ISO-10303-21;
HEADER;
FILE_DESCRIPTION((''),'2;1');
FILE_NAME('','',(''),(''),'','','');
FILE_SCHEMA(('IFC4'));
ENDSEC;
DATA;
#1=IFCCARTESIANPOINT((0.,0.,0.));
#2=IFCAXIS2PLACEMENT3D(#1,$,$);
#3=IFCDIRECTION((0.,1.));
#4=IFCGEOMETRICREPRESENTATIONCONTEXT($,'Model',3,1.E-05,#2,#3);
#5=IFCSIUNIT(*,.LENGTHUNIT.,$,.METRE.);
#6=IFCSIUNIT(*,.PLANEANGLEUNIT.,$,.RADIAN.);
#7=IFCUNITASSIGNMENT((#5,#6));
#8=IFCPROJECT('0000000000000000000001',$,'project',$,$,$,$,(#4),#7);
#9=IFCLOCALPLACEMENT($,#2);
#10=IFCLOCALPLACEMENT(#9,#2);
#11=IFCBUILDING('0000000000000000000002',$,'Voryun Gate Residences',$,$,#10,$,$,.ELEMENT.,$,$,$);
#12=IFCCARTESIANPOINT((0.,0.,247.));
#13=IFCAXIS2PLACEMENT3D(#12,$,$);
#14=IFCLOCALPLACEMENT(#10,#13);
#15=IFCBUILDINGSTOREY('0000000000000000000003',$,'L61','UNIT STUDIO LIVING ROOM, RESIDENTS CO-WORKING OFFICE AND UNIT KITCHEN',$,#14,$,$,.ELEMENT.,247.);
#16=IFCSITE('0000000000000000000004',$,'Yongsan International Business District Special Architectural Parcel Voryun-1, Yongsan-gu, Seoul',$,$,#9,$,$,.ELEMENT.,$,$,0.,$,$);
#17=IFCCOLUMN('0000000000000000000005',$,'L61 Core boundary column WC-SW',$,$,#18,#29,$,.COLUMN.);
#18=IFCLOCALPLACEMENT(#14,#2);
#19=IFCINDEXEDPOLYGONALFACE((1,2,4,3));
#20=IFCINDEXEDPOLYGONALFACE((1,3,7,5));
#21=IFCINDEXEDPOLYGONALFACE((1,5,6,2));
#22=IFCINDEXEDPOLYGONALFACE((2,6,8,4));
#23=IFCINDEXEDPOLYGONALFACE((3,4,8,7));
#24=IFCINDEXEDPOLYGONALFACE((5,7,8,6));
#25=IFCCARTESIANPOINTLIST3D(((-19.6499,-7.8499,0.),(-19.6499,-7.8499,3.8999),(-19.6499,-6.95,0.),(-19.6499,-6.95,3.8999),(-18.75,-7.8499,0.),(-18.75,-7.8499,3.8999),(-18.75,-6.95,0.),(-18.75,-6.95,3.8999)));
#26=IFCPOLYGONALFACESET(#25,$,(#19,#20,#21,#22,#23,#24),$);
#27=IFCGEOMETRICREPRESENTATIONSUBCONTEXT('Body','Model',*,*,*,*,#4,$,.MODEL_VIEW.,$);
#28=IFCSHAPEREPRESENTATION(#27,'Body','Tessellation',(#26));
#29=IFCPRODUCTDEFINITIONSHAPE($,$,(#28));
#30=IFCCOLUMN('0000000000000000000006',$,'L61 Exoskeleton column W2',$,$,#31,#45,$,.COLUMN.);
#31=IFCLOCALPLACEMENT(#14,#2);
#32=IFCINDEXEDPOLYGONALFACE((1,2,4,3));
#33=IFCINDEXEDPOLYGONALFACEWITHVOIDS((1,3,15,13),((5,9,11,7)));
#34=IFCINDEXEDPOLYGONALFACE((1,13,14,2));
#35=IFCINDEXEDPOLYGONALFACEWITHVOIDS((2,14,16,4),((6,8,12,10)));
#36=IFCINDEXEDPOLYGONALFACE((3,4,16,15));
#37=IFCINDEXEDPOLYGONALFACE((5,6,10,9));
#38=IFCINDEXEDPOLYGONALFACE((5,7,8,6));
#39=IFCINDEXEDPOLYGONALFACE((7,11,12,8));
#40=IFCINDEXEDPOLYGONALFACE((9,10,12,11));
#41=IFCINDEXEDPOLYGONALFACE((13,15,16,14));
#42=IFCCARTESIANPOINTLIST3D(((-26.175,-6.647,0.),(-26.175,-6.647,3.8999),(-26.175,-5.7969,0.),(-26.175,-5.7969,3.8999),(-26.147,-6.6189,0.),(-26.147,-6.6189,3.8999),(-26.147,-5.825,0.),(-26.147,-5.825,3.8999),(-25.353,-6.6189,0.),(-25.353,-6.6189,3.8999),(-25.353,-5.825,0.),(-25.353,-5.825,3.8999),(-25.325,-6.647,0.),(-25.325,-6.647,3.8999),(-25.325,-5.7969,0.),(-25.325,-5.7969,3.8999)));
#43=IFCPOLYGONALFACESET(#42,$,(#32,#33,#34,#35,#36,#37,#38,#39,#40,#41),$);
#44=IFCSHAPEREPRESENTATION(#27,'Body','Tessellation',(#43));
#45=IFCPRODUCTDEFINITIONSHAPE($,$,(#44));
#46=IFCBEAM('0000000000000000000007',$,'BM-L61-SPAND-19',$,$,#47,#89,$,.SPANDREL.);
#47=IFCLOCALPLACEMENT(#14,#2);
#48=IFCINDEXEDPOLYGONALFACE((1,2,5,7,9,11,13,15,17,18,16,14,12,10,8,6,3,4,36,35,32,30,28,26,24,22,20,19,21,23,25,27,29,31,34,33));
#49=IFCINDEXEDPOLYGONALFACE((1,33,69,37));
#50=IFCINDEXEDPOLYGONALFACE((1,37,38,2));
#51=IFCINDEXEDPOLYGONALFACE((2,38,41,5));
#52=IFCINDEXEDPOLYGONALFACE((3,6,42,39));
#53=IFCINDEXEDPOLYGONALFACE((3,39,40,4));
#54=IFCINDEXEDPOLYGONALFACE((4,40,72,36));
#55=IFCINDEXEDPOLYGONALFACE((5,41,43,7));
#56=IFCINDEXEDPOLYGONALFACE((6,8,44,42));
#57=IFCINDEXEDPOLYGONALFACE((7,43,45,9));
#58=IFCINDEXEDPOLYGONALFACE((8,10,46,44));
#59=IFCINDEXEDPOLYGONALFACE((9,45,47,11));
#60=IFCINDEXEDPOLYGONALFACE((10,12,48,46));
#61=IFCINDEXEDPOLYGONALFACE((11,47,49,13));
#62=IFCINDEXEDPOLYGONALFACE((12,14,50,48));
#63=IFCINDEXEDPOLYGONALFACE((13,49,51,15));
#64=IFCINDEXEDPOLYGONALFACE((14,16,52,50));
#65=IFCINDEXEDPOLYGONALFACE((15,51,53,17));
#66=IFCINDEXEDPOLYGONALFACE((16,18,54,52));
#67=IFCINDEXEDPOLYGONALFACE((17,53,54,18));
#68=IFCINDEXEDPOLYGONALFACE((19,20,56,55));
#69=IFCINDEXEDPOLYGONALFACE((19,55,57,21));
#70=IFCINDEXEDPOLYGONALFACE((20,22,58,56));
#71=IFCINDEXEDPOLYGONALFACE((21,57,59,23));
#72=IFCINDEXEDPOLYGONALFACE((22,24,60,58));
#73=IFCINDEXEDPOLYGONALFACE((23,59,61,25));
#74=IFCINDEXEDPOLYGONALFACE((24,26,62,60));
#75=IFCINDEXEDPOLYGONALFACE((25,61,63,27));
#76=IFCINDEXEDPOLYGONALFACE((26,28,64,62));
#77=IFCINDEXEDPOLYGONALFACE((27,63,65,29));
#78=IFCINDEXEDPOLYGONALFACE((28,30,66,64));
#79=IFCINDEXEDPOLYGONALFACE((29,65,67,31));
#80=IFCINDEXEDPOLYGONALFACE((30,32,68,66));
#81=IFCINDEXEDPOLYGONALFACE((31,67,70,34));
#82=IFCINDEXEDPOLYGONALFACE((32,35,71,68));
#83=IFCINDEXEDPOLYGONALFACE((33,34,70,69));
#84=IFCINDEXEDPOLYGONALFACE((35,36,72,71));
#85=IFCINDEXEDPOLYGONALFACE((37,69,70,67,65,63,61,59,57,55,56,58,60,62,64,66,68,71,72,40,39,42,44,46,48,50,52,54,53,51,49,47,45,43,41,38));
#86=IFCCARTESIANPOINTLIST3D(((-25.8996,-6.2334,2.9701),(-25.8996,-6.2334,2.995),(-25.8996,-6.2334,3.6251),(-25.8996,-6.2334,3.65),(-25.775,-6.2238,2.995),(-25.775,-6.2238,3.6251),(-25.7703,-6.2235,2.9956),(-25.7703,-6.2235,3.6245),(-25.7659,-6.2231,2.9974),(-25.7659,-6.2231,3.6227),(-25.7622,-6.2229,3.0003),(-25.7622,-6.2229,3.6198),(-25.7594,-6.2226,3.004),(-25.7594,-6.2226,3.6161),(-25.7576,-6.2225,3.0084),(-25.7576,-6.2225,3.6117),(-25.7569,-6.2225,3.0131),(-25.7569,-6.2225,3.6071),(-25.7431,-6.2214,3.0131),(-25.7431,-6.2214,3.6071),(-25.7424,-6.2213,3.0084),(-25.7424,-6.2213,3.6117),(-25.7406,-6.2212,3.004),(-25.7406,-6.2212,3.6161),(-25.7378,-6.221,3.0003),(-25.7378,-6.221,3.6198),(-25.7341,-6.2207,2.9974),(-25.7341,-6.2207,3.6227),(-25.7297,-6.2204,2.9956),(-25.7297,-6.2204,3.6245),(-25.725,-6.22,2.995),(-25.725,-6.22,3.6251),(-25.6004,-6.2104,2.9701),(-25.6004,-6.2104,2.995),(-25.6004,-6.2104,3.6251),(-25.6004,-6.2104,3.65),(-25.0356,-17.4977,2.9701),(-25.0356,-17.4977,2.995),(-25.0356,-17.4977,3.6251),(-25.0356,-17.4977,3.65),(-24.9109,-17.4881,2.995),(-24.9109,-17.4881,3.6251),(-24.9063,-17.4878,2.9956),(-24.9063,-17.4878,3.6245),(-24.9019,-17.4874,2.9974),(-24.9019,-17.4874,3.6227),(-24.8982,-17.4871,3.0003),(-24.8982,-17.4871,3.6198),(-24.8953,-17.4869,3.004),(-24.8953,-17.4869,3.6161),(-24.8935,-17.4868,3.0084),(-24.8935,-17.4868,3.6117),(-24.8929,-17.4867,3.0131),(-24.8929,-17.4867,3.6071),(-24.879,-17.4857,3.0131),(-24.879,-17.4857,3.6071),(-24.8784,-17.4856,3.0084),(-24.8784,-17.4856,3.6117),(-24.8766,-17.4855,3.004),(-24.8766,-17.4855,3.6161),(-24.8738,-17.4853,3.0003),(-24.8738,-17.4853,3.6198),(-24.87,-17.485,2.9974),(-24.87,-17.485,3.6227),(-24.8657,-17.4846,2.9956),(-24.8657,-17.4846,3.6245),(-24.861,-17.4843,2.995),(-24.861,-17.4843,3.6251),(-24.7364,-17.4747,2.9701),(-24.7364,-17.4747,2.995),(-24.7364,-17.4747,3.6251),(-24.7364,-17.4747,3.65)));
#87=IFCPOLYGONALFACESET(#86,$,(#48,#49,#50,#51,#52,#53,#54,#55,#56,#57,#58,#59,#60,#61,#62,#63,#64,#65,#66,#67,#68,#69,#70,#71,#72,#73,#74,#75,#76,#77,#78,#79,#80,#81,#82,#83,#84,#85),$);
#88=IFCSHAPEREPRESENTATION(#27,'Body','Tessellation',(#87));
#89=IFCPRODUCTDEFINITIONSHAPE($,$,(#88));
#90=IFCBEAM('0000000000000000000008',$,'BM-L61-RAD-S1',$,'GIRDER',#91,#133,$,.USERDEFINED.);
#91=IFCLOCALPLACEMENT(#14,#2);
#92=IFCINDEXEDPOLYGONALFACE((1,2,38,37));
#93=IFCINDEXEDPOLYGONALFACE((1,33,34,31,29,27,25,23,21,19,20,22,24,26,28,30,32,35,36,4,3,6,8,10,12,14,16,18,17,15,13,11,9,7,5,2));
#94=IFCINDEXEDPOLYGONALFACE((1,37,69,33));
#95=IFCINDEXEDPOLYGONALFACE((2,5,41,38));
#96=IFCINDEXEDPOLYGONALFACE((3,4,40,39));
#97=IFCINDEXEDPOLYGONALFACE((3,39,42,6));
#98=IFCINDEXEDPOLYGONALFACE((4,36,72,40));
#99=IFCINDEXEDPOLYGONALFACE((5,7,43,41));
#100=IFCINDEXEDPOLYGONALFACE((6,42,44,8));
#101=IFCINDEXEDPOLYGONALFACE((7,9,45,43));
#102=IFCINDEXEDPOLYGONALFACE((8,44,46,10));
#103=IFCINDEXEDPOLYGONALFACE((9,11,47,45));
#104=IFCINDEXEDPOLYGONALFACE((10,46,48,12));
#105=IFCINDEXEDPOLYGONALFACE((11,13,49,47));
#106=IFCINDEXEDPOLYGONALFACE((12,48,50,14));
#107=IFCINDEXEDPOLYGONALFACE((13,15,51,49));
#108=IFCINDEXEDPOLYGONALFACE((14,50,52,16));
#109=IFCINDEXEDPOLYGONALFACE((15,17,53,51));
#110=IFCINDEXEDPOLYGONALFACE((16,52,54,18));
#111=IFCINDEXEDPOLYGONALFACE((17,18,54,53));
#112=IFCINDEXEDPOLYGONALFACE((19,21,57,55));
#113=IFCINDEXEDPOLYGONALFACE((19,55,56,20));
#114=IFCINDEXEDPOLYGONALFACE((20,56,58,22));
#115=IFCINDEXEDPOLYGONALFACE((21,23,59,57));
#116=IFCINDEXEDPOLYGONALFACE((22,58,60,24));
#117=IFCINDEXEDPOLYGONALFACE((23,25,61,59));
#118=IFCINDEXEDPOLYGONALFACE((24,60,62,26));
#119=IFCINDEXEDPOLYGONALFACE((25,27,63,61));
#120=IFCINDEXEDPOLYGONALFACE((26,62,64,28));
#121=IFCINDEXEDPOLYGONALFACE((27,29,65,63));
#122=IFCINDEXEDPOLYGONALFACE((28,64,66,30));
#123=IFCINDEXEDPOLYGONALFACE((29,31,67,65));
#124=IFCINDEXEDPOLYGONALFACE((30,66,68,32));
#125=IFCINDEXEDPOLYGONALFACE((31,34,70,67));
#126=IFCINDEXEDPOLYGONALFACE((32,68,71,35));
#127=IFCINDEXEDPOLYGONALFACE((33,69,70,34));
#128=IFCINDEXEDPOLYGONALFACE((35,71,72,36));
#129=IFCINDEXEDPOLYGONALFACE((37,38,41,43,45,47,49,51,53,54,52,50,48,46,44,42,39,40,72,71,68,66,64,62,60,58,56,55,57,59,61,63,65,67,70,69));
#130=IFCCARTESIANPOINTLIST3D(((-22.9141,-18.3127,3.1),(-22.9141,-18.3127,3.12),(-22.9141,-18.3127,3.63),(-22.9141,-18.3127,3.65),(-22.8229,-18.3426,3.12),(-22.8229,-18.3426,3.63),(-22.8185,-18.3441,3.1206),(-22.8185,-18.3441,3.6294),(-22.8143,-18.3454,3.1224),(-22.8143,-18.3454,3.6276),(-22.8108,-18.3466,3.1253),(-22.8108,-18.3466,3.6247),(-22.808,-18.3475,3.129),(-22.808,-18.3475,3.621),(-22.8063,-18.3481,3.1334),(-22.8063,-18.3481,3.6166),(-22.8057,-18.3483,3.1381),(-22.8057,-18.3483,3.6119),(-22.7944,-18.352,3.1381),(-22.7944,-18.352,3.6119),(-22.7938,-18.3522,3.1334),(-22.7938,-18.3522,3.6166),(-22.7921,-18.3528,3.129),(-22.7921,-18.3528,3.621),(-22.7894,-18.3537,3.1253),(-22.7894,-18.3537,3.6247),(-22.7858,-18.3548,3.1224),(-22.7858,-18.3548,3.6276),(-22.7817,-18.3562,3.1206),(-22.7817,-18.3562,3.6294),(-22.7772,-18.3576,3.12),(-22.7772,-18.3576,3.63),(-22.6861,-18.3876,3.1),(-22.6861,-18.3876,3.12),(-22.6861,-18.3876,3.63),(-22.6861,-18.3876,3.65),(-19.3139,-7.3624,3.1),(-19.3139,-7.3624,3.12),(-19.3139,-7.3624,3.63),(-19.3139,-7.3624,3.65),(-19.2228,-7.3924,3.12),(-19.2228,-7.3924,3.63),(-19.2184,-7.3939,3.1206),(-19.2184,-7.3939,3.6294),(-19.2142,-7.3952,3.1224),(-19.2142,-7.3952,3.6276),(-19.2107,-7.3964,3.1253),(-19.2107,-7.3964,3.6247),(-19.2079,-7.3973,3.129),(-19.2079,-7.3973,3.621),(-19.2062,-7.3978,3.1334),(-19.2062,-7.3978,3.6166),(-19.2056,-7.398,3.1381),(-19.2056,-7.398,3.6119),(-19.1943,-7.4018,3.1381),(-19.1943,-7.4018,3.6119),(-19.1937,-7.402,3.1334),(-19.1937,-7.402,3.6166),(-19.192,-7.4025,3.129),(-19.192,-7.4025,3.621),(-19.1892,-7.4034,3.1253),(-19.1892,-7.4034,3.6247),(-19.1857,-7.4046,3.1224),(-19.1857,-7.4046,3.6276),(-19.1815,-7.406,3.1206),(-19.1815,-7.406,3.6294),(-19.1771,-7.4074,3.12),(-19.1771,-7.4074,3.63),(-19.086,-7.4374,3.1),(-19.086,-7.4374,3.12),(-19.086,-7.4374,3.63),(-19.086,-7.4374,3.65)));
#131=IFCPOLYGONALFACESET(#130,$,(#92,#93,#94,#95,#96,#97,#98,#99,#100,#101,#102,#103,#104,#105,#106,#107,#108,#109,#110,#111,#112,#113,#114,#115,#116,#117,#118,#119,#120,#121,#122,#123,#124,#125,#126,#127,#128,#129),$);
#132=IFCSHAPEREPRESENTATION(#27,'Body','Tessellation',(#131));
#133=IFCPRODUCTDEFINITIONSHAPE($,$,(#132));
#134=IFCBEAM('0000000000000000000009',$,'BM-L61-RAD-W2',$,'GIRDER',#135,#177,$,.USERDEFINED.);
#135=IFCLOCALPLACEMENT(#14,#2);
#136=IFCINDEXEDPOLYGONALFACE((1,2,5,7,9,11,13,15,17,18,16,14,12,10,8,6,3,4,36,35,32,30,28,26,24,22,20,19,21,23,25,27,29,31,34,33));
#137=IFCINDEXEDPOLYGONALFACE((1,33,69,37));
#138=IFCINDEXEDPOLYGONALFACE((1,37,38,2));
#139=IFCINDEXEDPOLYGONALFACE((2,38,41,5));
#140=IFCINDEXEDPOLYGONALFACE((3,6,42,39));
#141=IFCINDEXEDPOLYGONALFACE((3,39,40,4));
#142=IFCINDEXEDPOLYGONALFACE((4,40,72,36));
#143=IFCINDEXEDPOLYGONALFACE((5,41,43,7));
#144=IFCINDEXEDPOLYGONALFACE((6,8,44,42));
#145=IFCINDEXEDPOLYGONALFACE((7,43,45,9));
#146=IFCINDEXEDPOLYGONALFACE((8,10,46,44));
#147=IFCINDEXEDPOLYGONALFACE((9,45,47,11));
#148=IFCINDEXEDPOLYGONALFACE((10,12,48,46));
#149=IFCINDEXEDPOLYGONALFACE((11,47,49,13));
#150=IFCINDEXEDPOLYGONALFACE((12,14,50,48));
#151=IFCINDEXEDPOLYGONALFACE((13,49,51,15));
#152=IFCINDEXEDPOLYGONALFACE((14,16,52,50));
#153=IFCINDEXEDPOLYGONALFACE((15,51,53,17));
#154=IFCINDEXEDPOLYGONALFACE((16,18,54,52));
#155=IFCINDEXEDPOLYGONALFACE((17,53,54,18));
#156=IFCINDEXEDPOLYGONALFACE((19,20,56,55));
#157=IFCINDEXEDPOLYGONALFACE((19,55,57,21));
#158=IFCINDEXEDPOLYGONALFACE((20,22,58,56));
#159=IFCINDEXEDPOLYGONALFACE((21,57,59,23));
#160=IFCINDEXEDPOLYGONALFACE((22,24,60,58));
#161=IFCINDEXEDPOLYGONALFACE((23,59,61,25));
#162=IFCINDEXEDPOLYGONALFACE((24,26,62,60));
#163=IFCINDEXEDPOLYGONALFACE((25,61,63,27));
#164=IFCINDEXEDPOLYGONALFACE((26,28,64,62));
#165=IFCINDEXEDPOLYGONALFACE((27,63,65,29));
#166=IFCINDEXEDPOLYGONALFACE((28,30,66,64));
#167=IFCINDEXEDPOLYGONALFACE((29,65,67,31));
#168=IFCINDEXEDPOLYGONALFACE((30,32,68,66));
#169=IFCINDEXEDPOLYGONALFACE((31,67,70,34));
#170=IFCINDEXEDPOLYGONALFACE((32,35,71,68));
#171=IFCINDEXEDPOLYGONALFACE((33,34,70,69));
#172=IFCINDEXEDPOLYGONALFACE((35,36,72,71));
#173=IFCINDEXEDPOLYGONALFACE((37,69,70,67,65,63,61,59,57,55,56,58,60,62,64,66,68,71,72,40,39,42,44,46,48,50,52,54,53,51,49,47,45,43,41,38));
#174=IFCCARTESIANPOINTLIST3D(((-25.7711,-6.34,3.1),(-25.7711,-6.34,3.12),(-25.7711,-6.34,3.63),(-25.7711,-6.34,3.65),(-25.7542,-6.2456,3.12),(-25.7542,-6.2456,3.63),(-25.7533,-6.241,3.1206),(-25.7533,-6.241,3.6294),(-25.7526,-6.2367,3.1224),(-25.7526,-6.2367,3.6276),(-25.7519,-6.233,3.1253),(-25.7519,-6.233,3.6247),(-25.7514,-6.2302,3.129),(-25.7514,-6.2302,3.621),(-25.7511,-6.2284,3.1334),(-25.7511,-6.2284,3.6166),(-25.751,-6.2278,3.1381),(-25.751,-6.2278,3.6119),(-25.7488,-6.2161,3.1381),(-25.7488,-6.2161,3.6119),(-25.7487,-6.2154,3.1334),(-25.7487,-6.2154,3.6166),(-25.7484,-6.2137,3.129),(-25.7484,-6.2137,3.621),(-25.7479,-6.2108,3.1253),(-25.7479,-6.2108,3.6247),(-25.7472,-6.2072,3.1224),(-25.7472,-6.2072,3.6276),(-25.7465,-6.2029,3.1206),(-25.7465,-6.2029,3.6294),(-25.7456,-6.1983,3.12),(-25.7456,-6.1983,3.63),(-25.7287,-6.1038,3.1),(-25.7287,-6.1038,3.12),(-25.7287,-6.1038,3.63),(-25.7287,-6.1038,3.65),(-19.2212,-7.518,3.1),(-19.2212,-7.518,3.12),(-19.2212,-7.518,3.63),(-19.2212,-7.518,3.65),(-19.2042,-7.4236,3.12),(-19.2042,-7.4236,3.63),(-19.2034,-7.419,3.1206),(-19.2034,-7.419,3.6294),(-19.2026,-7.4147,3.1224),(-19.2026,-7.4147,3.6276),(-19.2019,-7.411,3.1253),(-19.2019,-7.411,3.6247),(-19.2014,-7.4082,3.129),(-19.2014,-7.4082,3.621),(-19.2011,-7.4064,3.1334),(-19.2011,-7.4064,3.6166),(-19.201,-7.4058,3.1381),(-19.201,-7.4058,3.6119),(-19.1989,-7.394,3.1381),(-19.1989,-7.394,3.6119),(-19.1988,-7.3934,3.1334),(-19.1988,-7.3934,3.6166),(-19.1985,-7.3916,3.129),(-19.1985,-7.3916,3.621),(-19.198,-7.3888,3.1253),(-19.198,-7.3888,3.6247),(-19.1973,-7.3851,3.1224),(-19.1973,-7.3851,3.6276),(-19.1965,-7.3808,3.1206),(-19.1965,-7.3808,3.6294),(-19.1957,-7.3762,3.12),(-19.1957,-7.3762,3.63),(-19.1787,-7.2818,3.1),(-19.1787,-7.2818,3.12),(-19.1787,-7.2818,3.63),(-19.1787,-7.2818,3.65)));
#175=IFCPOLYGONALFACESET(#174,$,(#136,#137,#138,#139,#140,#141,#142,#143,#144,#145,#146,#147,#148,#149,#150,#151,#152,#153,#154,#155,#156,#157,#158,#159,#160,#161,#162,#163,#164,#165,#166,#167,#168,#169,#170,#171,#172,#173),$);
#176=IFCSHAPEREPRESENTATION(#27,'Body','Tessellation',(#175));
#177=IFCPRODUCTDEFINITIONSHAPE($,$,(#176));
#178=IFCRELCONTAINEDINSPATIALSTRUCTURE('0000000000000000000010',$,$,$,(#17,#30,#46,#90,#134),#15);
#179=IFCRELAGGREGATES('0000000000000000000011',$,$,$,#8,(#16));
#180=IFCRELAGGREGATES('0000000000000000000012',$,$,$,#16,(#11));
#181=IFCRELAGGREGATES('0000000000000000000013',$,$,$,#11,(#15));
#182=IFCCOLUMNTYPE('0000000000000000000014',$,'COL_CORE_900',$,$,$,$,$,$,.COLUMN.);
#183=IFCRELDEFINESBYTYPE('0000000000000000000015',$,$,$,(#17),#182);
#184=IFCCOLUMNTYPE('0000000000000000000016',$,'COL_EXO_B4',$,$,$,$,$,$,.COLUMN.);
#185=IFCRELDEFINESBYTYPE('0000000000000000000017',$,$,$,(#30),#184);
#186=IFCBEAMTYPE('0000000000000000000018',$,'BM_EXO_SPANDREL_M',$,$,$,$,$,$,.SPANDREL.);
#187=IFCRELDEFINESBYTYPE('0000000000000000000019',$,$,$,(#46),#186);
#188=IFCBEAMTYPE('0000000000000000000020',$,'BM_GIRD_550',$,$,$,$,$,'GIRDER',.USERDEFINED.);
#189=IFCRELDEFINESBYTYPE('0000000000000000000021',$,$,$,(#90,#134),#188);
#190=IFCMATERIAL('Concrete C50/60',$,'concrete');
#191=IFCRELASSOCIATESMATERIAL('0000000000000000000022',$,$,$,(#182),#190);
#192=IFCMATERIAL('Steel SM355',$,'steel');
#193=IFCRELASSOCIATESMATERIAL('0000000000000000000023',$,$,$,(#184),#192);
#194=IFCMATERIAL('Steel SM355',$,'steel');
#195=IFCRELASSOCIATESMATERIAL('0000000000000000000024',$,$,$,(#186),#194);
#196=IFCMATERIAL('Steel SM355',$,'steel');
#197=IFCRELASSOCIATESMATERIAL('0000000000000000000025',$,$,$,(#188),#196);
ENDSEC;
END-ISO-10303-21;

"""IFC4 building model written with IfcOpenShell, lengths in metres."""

from ifc_helpers import new_model, si_unit, direction, frame, origin, origin_2d, place, context, subcontext, project, spatial, rectangle, hollow_rectangle, i_section, extrude, material, material_profile, profile_set, type_object, element, save


model = new_model("IFC4")

# Units and contexts
model_context = context("Model", 3, precision=1e-05, world=origin(), true_north=direction((0.0, 1.0)))
body_context = subcontext(model_context, "Body", "Model", "MODEL_VIEW")
ifc_project = project(units=[si_unit("LENGTHUNIT", "METRE"), si_unit("PLANEANGLEUNIT", "RADIAN")], contexts=[model_context])

# Site, building, storey
site_placement = place(None, origin())
site = spatial("IfcSite", under=ifc_project, at=site_placement, Name="Yongsan International Business District Special Architectural Parcel Voryun-1, Yongsan-gu, Seoul", CompositionType="ELEMENT", RefElevation=0.0)
building_placement = place(site_placement, origin())
building = spatial("IfcBuilding", under=site, at=building_placement, Name="Voryun Gate Residences", CompositionType="ELEMENT")
storey_placement = place(building_placement, frame((0.0, 0.0, 247.0)))
storey = spatial("IfcBuildingStorey", under=building, at=storey_placement, Name="L61", Description="UNIT STUDIO LIVING ROOM, RESIDENTS CO-WORKING OFFICE AND UNIT KITCHEN", CompositionType="ELEMENT", Elevation=247.0)

# Columns
ifc_material_1 = material(Name="Concrete C50/60", Category="concrete")
ifc_material_profile_1 = material_profile(ifc_material_1, rectangle(XDim=0.8999, YDim=0.8999, at=origin_2d()), Name="RC-900x900")
ifc_profile_set_1 = profile_set([ifc_material_profile_1], Name="Concrete C50/60")
column_type_1 = type_object("IfcColumnType", Name="COL_CORE_900", PredefinedType="COLUMN", material=ifc_profile_set_1)
column_1_placement = place(storey_placement, frame((-19.2, -7.3999, 0.0), z_axis=(0.0, 0.0, 1.0), x_axis=(1.0, 0.0, 0.0)))
element("IfcColumn", 1, at=column_1_placement, inside=storey, type_object=column_type_1, Name="L61 Core boundary column WC-SW", PredefinedType="COLUMN", context=body_context, shape_type="SweptSolid", body=[
    extrude(rectangle(XDim=0.8999, YDim=0.8999, at=origin_2d()), origin(), (0.0, 0.0, 1.0), 3.8999),
])
ifc_material_2 = material(Name="Steel SM355", Category="steel")
ifc_material_profile_2 = material_profile(ifc_material_2, hollow_rectangle(XDim=0.8501, YDim=0.8501, WallThickness=0.0281, at=origin_2d()), Name="BOX-850x850x28")
ifc_profile_set_2 = profile_set([ifc_material_profile_2], Name="Steel SM355")
column_type_2 = type_object("IfcColumnType", Name="COL_EXO_B4", PredefinedType="COLUMN", material=ifc_profile_set_2)
column_2_placement = place(storey_placement, frame((-25.75, -6.2219, 0.0), z_axis=(0.0, 0.0, 1.0), x_axis=(1.0, 0.0, 0.0)))
element("IfcColumn", 2, at=column_2_placement, inside=storey, type_object=column_type_2, Name="L61 Exoskeleton column W2", PredefinedType="COLUMN", context=body_context, shape_type="SweptSolid", body=[
    extrude(hollow_rectangle(XDim=0.8501, YDim=0.8501, WallThickness=0.0281, at=origin_2d()), origin(), (0.0, 0.0, 1.0), 3.8999),
])

# Beams
ifc_material_3 = material(Name="Steel SM355", Category="steel")
ifc_material_profile_3 = material_profile(ifc_material_3, i_section(OverallWidth=0.3, OverallDepth=0.6799, WebThickness=0.0139, FlangeThickness=0.0249, FilletRadius=0.0181, at=origin_2d()), Name="H-680x300x14x25")
ifc_profile_set_3 = profile_set([ifc_material_profile_3], Name="Steel SM355")
beam_type_1 = type_object("IfcBeamType", Name="BM_EXO_SPANDREL_M", PredefinedType="SPANDREL", material=ifc_profile_set_3)
beam_1_placement = place(storey_placement, frame((-25.75, -6.2219, 3.3101), z_axis=(0.07648, -0.997071, 0.0), x_axis=(0.997071, 0.07648, 0.0)))
element("IfcBeam", 3, at=beam_1_placement, inside=storey, type_object=beam_type_1, Name="BM-L61-SPAND-19", PredefinedType="SPANDREL", context=body_context, shape_type="SweptSolid", body=[
    extrude(i_section(OverallWidth=0.3, OverallDepth=0.6799, WebThickness=0.0139, FlangeThickness=0.0249, FilletRadius=0.0181, at=origin_2d()), origin(), (0.0, 0.0, 1.0), 11.2974),
])
ifc_material_4 = material(Name="Steel SM355", Category="steel")
ifc_material_profile_4 = material_profile(ifc_material_4, i_section(OverallWidth=0.24, OverallDepth=0.55, WebThickness=0.012, FlangeThickness=0.02, FilletRadius=0.0181, at=origin_2d()), Name="H-550x240x12x20")
ifc_profile_set_4 = profile_set([ifc_material_profile_4], Name="Steel SM355")
beam_type_2 = type_object("IfcBeamType", Name="BM_GIRD_550", ElementType="GIRDER", PredefinedType="USERDEFINED", material=ifc_profile_set_4)
beam_2_placement = place(storey_placement, frame((-19.2, -7.3999, 3.375), z_axis=(-0.312324, -0.949976, 0.0), x_axis=(0.949976, -0.312324, 0.0)))
element("IfcBeam", 4, at=beam_2_placement, inside=storey, type_object=beam_type_2, Name="BM-L61-RAD-S1", ObjectType="GIRDER", PredefinedType="USERDEFINED", context=body_context, shape_type="SweptSolid", body=[
    extrude(i_section(OverallWidth=0.24, OverallDepth=0.55, WebThickness=0.012, FlangeThickness=0.02, FilletRadius=0.0181, at=origin_2d()), origin(), (0.0, 0.0, 1.0), 11.5269),
])
beam_3_placement = place(storey_placement, frame((-19.2, -7.3999, 3.375), z_axis=(-0.98421, 0.177003, 0.0), x_axis=(-0.177003, -0.98421, 0.0)))
element("IfcBeam", 5, at=beam_3_placement, inside=storey, type_object=beam_type_2, Name="BM-L61-RAD-W2", ObjectType="GIRDER", PredefinedType="USERDEFINED", context=body_context, shape_type="SweptSolid", body=[
    extrude(i_section(OverallWidth=0.24, OverallDepth=0.55, WebThickness=0.012, FlangeThickness=0.02, FilletRadius=0.0181, at=origin_2d()), origin(), (0.0, 0.0, 1.0), 6.655),
])

save(model, "model.ifc")
